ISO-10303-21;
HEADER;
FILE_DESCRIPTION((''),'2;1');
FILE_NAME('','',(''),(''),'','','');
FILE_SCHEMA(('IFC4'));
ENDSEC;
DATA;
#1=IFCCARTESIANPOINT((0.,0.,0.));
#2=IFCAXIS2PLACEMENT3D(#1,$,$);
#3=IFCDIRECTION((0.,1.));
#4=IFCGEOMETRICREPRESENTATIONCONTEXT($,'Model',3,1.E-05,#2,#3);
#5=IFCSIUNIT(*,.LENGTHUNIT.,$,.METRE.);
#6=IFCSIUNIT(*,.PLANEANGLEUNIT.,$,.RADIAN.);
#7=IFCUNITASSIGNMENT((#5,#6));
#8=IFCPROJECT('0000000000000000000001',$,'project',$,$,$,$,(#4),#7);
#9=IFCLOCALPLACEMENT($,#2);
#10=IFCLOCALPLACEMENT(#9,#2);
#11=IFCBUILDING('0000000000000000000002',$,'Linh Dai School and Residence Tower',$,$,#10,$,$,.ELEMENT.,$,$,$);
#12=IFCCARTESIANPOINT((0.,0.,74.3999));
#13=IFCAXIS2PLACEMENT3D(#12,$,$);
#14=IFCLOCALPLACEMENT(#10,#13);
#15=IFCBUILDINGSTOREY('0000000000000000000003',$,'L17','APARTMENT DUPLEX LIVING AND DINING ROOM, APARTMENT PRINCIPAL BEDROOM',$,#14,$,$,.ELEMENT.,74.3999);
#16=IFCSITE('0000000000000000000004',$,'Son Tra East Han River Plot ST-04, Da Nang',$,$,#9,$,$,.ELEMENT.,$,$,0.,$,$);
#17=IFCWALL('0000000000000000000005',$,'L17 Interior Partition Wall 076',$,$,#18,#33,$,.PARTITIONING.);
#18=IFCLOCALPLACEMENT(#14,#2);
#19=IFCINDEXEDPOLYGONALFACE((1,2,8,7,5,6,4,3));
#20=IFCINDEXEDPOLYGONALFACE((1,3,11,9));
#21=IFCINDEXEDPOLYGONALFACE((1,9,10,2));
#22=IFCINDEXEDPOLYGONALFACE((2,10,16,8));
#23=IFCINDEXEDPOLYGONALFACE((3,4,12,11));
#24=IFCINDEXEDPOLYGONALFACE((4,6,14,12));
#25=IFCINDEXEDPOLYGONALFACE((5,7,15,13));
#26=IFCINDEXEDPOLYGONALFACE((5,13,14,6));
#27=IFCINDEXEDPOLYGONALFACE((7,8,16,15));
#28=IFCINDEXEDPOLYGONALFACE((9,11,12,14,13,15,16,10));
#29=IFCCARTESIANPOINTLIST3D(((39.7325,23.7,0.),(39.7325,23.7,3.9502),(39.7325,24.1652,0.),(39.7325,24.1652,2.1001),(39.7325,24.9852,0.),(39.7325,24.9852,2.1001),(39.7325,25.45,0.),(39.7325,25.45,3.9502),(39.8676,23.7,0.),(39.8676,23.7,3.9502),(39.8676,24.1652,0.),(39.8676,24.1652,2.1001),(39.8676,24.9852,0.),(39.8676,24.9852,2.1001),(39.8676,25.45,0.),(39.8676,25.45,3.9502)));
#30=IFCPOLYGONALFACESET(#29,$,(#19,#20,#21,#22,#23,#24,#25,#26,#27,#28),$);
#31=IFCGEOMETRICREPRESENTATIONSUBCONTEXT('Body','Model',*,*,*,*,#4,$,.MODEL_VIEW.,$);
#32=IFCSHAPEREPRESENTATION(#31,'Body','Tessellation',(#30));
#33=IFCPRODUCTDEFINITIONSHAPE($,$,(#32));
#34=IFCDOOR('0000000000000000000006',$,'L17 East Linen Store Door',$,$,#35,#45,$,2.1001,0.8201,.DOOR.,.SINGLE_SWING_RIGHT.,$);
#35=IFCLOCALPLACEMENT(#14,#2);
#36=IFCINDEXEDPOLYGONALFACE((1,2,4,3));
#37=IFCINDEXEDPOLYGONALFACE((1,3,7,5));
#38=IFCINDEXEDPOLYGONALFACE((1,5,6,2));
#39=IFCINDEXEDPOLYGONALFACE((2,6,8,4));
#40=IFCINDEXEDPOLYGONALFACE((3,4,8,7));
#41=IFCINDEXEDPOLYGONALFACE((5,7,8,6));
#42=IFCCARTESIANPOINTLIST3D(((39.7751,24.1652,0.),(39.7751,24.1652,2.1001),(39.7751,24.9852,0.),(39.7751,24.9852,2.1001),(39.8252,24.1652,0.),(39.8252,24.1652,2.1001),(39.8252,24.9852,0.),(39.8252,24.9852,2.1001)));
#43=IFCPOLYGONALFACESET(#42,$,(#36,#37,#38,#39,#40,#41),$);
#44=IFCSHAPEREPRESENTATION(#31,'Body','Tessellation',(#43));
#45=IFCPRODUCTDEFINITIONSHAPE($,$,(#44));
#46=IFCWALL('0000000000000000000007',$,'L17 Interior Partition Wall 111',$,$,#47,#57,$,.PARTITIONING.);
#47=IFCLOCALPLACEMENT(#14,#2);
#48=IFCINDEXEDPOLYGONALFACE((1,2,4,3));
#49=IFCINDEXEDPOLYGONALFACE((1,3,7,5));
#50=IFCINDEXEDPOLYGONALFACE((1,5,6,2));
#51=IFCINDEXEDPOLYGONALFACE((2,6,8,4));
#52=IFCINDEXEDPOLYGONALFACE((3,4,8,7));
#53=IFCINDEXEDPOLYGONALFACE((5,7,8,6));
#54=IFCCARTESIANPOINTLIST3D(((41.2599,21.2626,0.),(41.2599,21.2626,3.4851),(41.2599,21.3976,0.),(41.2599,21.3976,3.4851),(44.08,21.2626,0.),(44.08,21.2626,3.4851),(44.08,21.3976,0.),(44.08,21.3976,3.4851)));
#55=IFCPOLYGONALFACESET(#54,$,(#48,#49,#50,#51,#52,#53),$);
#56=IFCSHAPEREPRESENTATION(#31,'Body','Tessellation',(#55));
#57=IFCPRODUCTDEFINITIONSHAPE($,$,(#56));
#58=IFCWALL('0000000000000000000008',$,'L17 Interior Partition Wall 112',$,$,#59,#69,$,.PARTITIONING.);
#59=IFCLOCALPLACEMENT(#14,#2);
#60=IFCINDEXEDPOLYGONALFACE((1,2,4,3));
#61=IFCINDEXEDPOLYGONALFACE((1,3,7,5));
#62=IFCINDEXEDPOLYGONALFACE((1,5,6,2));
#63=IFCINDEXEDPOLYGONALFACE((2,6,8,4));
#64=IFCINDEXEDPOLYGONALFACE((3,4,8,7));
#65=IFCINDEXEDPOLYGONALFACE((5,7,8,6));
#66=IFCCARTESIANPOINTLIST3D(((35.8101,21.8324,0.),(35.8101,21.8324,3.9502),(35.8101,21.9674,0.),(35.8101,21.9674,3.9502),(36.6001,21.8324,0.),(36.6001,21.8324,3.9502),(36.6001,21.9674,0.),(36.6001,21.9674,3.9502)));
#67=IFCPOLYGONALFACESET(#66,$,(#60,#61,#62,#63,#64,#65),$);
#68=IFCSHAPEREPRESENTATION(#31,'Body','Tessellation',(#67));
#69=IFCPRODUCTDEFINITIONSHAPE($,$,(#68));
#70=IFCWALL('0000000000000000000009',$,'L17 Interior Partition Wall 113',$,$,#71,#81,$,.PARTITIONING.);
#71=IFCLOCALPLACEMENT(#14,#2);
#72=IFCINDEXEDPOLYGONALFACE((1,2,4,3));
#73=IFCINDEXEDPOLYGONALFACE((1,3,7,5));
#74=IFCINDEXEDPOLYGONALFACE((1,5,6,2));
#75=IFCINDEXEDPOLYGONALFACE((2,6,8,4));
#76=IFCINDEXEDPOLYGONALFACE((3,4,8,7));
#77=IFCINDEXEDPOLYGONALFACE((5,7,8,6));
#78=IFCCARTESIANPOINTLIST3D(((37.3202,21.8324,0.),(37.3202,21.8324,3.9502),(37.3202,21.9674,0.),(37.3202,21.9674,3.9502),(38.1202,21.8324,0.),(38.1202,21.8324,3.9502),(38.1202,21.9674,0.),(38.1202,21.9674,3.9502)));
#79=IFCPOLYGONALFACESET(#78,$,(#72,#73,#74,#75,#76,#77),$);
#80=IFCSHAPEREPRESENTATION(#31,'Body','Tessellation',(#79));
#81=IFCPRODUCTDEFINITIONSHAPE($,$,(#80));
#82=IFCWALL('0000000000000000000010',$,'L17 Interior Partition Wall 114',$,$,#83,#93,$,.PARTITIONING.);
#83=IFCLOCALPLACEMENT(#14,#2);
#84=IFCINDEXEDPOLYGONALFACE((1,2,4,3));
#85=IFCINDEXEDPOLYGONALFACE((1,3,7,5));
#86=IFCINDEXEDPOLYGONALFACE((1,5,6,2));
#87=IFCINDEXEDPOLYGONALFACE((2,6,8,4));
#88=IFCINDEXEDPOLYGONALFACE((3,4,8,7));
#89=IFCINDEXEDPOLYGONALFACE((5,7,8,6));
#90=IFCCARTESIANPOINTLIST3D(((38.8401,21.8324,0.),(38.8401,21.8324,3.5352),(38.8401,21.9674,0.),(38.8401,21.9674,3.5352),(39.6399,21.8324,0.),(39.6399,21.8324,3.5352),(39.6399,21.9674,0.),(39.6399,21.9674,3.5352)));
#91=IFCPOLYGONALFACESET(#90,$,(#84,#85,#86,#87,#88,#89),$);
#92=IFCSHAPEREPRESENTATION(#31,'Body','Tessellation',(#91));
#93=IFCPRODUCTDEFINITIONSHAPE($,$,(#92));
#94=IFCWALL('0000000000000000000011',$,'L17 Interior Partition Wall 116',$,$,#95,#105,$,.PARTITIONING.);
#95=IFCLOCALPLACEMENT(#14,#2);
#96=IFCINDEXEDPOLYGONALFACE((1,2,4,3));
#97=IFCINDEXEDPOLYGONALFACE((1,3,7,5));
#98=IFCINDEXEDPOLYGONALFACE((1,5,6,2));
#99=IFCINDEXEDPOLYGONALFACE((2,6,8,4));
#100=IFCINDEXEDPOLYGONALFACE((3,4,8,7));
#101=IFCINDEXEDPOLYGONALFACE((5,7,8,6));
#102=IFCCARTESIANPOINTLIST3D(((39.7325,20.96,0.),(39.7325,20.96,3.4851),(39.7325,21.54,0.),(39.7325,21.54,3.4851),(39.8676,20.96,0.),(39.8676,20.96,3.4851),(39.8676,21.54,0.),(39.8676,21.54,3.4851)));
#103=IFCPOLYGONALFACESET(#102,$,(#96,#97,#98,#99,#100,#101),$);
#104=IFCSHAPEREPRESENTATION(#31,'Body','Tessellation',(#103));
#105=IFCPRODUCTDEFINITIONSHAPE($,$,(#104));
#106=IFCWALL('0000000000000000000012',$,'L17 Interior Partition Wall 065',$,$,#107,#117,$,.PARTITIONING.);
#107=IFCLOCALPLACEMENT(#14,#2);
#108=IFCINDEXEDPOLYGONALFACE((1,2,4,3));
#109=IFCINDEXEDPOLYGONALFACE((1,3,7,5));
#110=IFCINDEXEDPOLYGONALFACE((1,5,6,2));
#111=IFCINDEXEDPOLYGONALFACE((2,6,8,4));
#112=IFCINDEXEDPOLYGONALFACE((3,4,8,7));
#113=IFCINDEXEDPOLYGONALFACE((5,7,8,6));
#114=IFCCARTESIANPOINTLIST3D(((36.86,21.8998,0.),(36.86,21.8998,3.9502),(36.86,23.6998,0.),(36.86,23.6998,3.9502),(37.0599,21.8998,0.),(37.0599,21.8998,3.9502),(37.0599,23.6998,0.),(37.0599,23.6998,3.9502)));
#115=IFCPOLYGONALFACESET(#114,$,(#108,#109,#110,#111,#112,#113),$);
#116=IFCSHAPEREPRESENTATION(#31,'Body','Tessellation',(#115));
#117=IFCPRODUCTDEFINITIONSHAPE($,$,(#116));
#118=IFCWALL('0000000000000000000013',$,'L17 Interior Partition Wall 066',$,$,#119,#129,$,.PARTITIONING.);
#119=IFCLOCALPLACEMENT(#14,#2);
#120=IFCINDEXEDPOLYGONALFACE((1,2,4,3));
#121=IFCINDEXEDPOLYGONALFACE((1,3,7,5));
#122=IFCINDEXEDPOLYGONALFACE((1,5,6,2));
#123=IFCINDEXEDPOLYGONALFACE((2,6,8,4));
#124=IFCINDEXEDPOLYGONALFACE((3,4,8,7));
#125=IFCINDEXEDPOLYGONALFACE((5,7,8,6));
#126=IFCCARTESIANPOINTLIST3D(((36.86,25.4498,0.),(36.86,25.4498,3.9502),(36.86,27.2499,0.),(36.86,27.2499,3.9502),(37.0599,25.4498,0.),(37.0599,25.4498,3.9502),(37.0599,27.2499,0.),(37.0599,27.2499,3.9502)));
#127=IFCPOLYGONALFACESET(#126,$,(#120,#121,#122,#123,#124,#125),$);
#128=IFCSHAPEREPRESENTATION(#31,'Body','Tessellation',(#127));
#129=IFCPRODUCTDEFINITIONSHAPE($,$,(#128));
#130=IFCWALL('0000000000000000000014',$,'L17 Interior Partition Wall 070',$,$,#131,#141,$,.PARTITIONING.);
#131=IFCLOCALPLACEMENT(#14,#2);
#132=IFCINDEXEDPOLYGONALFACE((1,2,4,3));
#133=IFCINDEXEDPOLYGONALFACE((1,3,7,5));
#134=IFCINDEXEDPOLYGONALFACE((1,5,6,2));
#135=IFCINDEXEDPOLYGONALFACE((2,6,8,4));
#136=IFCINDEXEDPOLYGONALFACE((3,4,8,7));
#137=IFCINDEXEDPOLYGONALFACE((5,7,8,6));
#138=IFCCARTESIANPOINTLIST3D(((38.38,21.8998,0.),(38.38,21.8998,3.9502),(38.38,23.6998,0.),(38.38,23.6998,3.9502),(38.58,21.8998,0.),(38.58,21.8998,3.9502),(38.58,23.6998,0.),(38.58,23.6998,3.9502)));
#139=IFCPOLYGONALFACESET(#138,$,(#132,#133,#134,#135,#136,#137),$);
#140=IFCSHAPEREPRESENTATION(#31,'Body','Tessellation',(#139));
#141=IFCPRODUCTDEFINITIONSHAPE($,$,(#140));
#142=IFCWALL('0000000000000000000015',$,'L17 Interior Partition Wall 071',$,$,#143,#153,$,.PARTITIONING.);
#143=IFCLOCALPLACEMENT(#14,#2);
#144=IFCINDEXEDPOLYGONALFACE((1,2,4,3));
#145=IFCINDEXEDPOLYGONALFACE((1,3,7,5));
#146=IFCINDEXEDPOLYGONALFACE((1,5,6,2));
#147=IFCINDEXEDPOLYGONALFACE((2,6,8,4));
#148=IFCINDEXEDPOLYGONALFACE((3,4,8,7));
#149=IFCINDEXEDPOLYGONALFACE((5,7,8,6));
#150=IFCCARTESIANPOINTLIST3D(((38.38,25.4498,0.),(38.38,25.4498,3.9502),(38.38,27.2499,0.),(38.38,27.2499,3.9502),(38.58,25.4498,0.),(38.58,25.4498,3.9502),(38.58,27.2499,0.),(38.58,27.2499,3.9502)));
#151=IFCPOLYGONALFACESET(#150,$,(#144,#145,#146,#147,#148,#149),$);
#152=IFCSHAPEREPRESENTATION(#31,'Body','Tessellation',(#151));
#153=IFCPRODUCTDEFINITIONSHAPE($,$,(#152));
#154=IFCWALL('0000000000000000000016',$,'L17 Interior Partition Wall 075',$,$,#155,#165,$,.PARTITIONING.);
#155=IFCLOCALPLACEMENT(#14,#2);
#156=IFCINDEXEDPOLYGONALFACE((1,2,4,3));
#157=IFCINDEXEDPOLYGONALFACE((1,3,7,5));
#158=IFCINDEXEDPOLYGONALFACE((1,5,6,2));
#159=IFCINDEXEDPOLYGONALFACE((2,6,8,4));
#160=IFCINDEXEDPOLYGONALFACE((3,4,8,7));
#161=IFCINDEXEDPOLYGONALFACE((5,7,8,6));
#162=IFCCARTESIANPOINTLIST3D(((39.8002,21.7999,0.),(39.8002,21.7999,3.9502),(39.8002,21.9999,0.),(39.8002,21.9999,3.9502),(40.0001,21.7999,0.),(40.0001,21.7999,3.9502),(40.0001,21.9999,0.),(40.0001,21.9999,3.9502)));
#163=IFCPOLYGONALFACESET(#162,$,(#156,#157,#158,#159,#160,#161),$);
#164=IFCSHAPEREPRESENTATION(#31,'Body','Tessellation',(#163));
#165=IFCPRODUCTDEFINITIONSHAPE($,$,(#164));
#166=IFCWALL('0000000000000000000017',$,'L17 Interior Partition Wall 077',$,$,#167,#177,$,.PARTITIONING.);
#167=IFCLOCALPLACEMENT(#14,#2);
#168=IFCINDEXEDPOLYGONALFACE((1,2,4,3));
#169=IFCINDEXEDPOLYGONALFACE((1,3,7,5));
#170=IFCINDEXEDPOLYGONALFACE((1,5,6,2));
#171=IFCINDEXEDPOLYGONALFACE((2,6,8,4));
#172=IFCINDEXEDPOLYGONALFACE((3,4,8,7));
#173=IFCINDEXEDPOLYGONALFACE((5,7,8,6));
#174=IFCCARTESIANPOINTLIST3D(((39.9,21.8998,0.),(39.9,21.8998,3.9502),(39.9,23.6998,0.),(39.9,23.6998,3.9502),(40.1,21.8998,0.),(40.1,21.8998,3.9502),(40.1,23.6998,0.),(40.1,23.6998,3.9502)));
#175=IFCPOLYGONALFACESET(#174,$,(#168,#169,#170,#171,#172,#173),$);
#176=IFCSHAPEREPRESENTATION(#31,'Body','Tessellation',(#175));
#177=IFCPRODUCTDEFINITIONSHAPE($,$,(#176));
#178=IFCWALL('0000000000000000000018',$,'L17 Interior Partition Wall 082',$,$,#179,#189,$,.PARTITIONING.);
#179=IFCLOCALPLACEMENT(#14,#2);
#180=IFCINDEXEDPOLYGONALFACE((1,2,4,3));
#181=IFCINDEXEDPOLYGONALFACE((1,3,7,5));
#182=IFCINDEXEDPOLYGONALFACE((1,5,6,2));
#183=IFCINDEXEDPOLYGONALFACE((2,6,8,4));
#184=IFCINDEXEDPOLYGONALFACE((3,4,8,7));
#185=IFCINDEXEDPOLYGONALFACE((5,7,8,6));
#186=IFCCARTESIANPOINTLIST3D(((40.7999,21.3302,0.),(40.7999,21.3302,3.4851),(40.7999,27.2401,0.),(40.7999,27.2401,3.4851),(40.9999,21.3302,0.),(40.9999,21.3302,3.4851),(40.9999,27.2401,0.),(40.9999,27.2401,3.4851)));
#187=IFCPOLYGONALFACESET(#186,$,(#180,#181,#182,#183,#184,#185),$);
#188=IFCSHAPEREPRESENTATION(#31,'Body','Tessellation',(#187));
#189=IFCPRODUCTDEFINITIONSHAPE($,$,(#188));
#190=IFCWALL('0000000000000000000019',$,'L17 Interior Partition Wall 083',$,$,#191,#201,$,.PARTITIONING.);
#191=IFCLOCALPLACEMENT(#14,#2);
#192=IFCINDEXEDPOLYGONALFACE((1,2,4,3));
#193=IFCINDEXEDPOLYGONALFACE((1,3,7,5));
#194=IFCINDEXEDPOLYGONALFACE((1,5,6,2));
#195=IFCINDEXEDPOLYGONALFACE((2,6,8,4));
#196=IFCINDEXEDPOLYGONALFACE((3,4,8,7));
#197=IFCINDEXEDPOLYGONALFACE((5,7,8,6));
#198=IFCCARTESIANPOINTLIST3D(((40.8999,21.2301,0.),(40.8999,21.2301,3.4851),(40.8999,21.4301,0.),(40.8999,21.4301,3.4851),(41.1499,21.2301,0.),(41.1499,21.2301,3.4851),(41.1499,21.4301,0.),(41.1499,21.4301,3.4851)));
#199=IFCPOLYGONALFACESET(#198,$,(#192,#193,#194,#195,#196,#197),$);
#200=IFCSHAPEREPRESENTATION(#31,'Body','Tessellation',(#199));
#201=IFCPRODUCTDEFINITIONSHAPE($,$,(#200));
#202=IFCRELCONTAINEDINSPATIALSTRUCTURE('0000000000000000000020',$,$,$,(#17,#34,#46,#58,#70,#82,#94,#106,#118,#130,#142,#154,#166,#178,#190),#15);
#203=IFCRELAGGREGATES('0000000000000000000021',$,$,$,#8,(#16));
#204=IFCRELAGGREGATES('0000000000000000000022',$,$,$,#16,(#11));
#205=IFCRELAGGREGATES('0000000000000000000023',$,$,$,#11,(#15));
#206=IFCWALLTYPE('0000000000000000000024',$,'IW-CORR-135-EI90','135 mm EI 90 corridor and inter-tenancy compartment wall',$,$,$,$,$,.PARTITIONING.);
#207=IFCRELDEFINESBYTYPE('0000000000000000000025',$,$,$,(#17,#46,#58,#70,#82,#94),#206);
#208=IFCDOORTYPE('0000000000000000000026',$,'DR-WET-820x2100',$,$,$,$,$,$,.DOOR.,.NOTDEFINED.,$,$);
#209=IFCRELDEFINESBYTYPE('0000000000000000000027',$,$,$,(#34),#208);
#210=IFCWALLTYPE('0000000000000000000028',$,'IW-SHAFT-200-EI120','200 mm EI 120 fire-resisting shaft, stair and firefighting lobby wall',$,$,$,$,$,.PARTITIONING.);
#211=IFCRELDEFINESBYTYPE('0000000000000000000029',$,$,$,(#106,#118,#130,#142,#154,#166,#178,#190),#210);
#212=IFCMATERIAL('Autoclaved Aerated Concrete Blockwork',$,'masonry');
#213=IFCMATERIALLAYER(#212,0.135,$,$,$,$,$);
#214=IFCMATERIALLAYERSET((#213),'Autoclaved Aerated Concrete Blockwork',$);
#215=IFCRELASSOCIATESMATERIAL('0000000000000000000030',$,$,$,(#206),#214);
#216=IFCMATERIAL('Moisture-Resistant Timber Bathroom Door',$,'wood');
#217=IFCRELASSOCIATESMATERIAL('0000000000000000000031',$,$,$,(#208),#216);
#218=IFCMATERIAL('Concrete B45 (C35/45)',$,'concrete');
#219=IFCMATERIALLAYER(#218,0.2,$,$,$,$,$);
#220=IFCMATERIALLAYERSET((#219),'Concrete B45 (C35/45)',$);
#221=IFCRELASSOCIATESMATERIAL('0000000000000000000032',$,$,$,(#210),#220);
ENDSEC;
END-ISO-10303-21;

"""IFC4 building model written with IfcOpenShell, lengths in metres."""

from ifc_helpers import new_model, si_unit, direction, frame, frame_2d, origin, origin_2d, place, context, subcontext, project, spatial, rectangle, extrude, source, transform, mapped, material, layer, layer_set, type_object, element, fill, save


model = new_model("IFC4")

# Units and contexts
model_context = context("Model", 3, precision=1e-05, world=origin(), true_north=direction((0.0, 1.0)))
body_context = subcontext(model_context, "Body", "Model", "MODEL_VIEW")
ifc_project = project(units=[si_unit("LENGTHUNIT", "METRE"), si_unit("PLANEANGLEUNIT", "RADIAN")], contexts=[model_context])

# Site, building, storey
site_placement = place(None, origin())
site = spatial("IfcSite", under=ifc_project, at=site_placement, Name="Son Tra East Han River Plot ST-04, Da Nang", CompositionType="ELEMENT", RefElevation=0.0)
building_placement = place(site_placement, origin())
building = spatial("IfcBuilding", under=site, at=building_placement, Name="Linh Dai School and Residence Tower", CompositionType="ELEMENT")
storey_placement = place(building_placement, frame((0.0, 0.0, 74.3999)))
storey = spatial("IfcBuildingStorey", under=building, at=storey_placement, Name="L17", Description="APARTMENT DUPLEX LIVING AND DINING ROOM, APARTMENT PRINCIPAL BEDROOM", CompositionType="ELEMENT", Elevation=74.3999)

# Wall, opening, door
ifc_material_1 = material(Name="Autoclaved Aerated Concrete Blockwork", Category="masonry")
ifc_layer_1 = layer(ifc_material_1, 0.135)
ifc_layer_set_1 = layer_set([ifc_layer_1], Name="Autoclaved Aerated Concrete Blockwork")
wall_type_1 = type_object("IfcWallType", Name="IW-CORR-135-EI90", Description="135 mm EI 90 corridor and inter-tenancy compartment wall", PredefinedType="PARTITIONING", material=ifc_layer_set_1)
wall_1_placement = place(storey_placement, frame((39.8, 23.7, 0.0), z_axis=(0.0, 0.0, 1.0), x_axis=(0.0, 1.0, 0.0)))
wall_1 = element("IfcWall", 1, at=wall_1_placement, inside=storey, type_object=wall_type_1, Name="L17 Interior Partition Wall 076", PredefinedType="PARTITIONING", context=body_context, shape_type="SweptSolid", body=[
    extrude(rectangle(XDim=1.75, YDim=0.135, at=frame_2d((0.875, 0.0))), origin(), (0.0, 0.0, 1.0), 3.9502),
])
opening_placement = place(wall_1_placement, frame((0.4651, 0.0, 0.0)))
opening = element("IfcOpeningElement", 2, at=opening_placement, cuts=wall_1, PredefinedType="OPENING", context=body_context, shape_type="SweptSolid", body=[
    extrude(rectangle(XDim=0.8201, YDim=2.1001, at=origin_2d()), frame((0.4102, 0.0776, 1.05), z_axis=(0.0, -1.0, 0.0), x_axis=(1.0, 0.0, 0.0)), (0.0, 0.0, 1.0), 0.155),
])
ifc_material_2 = material(Name="Moisture-Resistant Timber Bathroom Door", Category="wood")
door_type = type_object("IfcDoorType", Name="DR-WET-820x2100", OperationType="NOTDEFINED", PredefinedType="DOOR", material=ifc_material_2)
shared_shape_1 = source(origin(), body_context, "Body", "SweptSolid", [
    extrude(rectangle(XDim=0.8201, YDim=2.1001, at=origin_2d()), frame((0.4102, 0.0249, 1.05), z_axis=(0.0, -1.0, 0.0), x_axis=(1.0, 0.0, 0.0)), (0.0, 0.0, 1.0), 0.05),
])
door_placement = place(opening_placement, origin())
door = element("IfcDoor", 3, at=door_placement, inside=storey, type_object=door_type, Name="L17 East Linen Store Door", OperationType="SINGLE_SWING_RIGHT", OverallHeight=2.1001, OverallWidth=0.8201, PredefinedType="DOOR", context=body_context, shape_type="MappedRepresentation", body=[
    mapped(shared_shape_1, transform((0.0, 0.0, 0.0), x_axis=(1.0, 0.0, 0.0), y_axis=(0.0, 1.0, 0.0), z_axis=(0.0, 0.0, 1.0), scale=1.0)),
])
fill(opening, door)

# Walls
wall_2_placement = place(storey_placement, frame((44.0801, 21.3301, 0.0), z_axis=(0.0, 0.0, 1.0), x_axis=(-1.0, 0.0, 0.0)))
element("IfcWall", 4, at=wall_2_placement, inside=storey, type_object=wall_type_1, Name="L17 Interior Partition Wall 111", PredefinedType="PARTITIONING", context=body_context, shape_type="SweptSolid", body=[
    extrude(rectangle(XDim=2.8201, YDim=0.135, at=frame_2d((1.4102, 0.0))), origin(), (0.0, 0.0, 1.0), 3.4851),
])
wall_3_placement = place(storey_placement, frame((36.6001, 21.8999, 0.0), z_axis=(0.0, 0.0, 1.0), x_axis=(-1.0, 0.0, 0.0)))
element("IfcWall", 5, at=wall_3_placement, inside=storey, type_object=wall_type_1, Name="L17 Interior Partition Wall 112", PredefinedType="PARTITIONING", context=body_context, shape_type="SweptSolid", body=[
    extrude(rectangle(XDim=0.79, YDim=0.135, at=frame_2d((0.395, 0.0))), origin(), (0.0, 0.0, 1.0), 3.9502),
])
wall_4_placement = place(storey_placement, frame((38.1201, 21.8999, 0.0), z_axis=(0.0, 0.0, 1.0), x_axis=(-1.0, 0.0, 0.0)))
element("IfcWall", 6, at=wall_4_placement, inside=storey, type_object=wall_type_1, Name="L17 Interior Partition Wall 113", PredefinedType="PARTITIONING", context=body_context, shape_type="SweptSolid", body=[
    extrude(rectangle(XDim=0.8, YDim=0.135, at=frame_2d((0.3999, 0.0))), origin(), (0.0, 0.0, 1.0), 3.9502),
])
wall_5_placement = place(storey_placement, frame((39.6399, 21.8999, 0.0), z_axis=(0.0, 0.0, 1.0), x_axis=(-1.0, 0.0, 0.0)))
element("IfcWall", 7, at=wall_5_placement, inside=storey, type_object=wall_type_1, Name="L17 Interior Partition Wall 114", PredefinedType="PARTITIONING", context=body_context, shape_type="SweptSolid", body=[
    extrude(rectangle(XDim=0.7998, YDim=0.135, at=frame_2d((0.3999, 0.0))), origin(), (0.0, 0.0, 1.0), 3.5352),
])
wall_6_placement = place(storey_placement, frame((39.8, 20.96, 0.0), z_axis=(0.0, 0.0, 1.0), x_axis=(0.0, 1.0, 0.0)))
element("IfcWall", 8, at=wall_6_placement, inside=storey, type_object=wall_type_1, Name="L17 Interior Partition Wall 116", PredefinedType="PARTITIONING", context=body_context, shape_type="SweptSolid", body=[
    extrude(rectangle(XDim=0.5801, YDim=0.135, at=frame_2d((0.29, 0.0))), origin(), (0.0, 0.0, 1.0), 3.4851),
])
ifc_material_3 = material(Name="Concrete B45 (C35/45)", Category="concrete")
ifc_layer_2 = layer(ifc_material_3, 0.2)
ifc_layer_set_2 = layer_set([ifc_layer_2], Name="Concrete B45 (C35/45)")
wall_type_2 = type_object("IfcWallType", Name="IW-SHAFT-200-EI120", Description="200 mm EI 120 fire-resisting shaft, stair and firefighting lobby wall", PredefinedType="PARTITIONING", material=ifc_layer_set_2)
for number, where, z_axis, x_axis, name in (
    (9, (36.96, 21.8999, 0.0), (0.0, 0.0, 1.0), (0.0, 1.0, 0.0), "L17 Interior Partition Wall 065"),
    (10, (36.96, 25.45, 0.0), (0.0, 0.0, 1.0), (0.0, 1.0, 0.0), "L17 Interior Partition Wall 066"),
    (11, (38.48, 21.8999, 0.0), (0.0, 0.0, 1.0), (0.0, 1.0, 0.0), "L17 Interior Partition Wall 070"),
    (12, (38.48, 25.45, 0.0), (0.0, 0.0, 1.0), (0.0, 1.0, 0.0), "L17 Interior Partition Wall 071"),
):
    element("IfcWall", number, at=place(storey_placement, frame(where, z_axis=z_axis, x_axis=x_axis)), inside=storey, type_object=wall_type_2, Name=name, PredefinedType="PARTITIONING", context=body_context, shape_type="SweptSolid", body=[
        extrude(rectangle(XDim=1.8, YDim=0.2, at=frame_2d((0.8999, 0.0))), origin(), (0.0, 0.0, 1.0), 3.9502),
    ])
wall_7_placement = place(storey_placement, frame((39.8, 21.8999, 0.0), z_axis=(0.0, 0.0, 1.0), x_axis=(1.0, 0.0, 0.0)))
element("IfcWall", 13, at=wall_7_placement, inside=storey, type_object=wall_type_2, Name="L17 Interior Partition Wall 075", PredefinedType="PARTITIONING", context=body_context, shape_type="SweptSolid", body=[
    extrude(rectangle(XDim=0.2, YDim=0.2, at=frame_2d((0.1001, 0.0))), origin(), (0.0, 0.0, 1.0), 3.9502),
])
wall_8_placement = place(storey_placement, frame((40.0, 21.8999, 0.0), z_axis=(0.0, 0.0, 1.0), x_axis=(0.0, 1.0, 0.0)))
element("IfcWall", 14, at=wall_8_placement, inside=storey, type_object=wall_type_2, Name="L17 Interior Partition Wall 077", PredefinedType="PARTITIONING", context=body_context, shape_type="SweptSolid", body=[
    extrude(rectangle(XDim=1.8, YDim=0.2, at=frame_2d((0.8999, 0.0))), origin(), (0.0, 0.0, 1.0), 3.9502),
])
wall_9_placement = place(storey_placement, frame((40.8999, 21.3301, 0.0), z_axis=(0.0, 0.0, 1.0), x_axis=(0.0, 1.0, 0.0)))
element("IfcWall", 15, at=wall_9_placement, inside=storey, type_object=wall_type_2, Name="L17 Interior Partition Wall 082", PredefinedType="PARTITIONING", context=body_context, shape_type="SweptSolid", body=[
    extrude(rectangle(XDim=5.9099, YDim=0.2, at=frame_2d((2.9551, 0.0))), origin(), (0.0, 0.0, 1.0), 3.4851),
])
wall_10_placement = place(storey_placement, frame((40.8999, 21.3301, 0.0), z_axis=(0.0, 0.0, 1.0), x_axis=(1.0, 0.0, 0.0)))
element("IfcWall", 16, at=wall_10_placement, inside=storey, type_object=wall_type_2, Name="L17 Interior Partition Wall 083", PredefinedType="PARTITIONING", context=body_context, shape_type="SweptSolid", body=[
    extrude(rectangle(XDim=0.25, YDim=0.2, at=frame_2d((0.125, 0.0))), origin(), (0.0, 0.0, 1.0), 3.4851),
])

save(model, "model.ifc")
